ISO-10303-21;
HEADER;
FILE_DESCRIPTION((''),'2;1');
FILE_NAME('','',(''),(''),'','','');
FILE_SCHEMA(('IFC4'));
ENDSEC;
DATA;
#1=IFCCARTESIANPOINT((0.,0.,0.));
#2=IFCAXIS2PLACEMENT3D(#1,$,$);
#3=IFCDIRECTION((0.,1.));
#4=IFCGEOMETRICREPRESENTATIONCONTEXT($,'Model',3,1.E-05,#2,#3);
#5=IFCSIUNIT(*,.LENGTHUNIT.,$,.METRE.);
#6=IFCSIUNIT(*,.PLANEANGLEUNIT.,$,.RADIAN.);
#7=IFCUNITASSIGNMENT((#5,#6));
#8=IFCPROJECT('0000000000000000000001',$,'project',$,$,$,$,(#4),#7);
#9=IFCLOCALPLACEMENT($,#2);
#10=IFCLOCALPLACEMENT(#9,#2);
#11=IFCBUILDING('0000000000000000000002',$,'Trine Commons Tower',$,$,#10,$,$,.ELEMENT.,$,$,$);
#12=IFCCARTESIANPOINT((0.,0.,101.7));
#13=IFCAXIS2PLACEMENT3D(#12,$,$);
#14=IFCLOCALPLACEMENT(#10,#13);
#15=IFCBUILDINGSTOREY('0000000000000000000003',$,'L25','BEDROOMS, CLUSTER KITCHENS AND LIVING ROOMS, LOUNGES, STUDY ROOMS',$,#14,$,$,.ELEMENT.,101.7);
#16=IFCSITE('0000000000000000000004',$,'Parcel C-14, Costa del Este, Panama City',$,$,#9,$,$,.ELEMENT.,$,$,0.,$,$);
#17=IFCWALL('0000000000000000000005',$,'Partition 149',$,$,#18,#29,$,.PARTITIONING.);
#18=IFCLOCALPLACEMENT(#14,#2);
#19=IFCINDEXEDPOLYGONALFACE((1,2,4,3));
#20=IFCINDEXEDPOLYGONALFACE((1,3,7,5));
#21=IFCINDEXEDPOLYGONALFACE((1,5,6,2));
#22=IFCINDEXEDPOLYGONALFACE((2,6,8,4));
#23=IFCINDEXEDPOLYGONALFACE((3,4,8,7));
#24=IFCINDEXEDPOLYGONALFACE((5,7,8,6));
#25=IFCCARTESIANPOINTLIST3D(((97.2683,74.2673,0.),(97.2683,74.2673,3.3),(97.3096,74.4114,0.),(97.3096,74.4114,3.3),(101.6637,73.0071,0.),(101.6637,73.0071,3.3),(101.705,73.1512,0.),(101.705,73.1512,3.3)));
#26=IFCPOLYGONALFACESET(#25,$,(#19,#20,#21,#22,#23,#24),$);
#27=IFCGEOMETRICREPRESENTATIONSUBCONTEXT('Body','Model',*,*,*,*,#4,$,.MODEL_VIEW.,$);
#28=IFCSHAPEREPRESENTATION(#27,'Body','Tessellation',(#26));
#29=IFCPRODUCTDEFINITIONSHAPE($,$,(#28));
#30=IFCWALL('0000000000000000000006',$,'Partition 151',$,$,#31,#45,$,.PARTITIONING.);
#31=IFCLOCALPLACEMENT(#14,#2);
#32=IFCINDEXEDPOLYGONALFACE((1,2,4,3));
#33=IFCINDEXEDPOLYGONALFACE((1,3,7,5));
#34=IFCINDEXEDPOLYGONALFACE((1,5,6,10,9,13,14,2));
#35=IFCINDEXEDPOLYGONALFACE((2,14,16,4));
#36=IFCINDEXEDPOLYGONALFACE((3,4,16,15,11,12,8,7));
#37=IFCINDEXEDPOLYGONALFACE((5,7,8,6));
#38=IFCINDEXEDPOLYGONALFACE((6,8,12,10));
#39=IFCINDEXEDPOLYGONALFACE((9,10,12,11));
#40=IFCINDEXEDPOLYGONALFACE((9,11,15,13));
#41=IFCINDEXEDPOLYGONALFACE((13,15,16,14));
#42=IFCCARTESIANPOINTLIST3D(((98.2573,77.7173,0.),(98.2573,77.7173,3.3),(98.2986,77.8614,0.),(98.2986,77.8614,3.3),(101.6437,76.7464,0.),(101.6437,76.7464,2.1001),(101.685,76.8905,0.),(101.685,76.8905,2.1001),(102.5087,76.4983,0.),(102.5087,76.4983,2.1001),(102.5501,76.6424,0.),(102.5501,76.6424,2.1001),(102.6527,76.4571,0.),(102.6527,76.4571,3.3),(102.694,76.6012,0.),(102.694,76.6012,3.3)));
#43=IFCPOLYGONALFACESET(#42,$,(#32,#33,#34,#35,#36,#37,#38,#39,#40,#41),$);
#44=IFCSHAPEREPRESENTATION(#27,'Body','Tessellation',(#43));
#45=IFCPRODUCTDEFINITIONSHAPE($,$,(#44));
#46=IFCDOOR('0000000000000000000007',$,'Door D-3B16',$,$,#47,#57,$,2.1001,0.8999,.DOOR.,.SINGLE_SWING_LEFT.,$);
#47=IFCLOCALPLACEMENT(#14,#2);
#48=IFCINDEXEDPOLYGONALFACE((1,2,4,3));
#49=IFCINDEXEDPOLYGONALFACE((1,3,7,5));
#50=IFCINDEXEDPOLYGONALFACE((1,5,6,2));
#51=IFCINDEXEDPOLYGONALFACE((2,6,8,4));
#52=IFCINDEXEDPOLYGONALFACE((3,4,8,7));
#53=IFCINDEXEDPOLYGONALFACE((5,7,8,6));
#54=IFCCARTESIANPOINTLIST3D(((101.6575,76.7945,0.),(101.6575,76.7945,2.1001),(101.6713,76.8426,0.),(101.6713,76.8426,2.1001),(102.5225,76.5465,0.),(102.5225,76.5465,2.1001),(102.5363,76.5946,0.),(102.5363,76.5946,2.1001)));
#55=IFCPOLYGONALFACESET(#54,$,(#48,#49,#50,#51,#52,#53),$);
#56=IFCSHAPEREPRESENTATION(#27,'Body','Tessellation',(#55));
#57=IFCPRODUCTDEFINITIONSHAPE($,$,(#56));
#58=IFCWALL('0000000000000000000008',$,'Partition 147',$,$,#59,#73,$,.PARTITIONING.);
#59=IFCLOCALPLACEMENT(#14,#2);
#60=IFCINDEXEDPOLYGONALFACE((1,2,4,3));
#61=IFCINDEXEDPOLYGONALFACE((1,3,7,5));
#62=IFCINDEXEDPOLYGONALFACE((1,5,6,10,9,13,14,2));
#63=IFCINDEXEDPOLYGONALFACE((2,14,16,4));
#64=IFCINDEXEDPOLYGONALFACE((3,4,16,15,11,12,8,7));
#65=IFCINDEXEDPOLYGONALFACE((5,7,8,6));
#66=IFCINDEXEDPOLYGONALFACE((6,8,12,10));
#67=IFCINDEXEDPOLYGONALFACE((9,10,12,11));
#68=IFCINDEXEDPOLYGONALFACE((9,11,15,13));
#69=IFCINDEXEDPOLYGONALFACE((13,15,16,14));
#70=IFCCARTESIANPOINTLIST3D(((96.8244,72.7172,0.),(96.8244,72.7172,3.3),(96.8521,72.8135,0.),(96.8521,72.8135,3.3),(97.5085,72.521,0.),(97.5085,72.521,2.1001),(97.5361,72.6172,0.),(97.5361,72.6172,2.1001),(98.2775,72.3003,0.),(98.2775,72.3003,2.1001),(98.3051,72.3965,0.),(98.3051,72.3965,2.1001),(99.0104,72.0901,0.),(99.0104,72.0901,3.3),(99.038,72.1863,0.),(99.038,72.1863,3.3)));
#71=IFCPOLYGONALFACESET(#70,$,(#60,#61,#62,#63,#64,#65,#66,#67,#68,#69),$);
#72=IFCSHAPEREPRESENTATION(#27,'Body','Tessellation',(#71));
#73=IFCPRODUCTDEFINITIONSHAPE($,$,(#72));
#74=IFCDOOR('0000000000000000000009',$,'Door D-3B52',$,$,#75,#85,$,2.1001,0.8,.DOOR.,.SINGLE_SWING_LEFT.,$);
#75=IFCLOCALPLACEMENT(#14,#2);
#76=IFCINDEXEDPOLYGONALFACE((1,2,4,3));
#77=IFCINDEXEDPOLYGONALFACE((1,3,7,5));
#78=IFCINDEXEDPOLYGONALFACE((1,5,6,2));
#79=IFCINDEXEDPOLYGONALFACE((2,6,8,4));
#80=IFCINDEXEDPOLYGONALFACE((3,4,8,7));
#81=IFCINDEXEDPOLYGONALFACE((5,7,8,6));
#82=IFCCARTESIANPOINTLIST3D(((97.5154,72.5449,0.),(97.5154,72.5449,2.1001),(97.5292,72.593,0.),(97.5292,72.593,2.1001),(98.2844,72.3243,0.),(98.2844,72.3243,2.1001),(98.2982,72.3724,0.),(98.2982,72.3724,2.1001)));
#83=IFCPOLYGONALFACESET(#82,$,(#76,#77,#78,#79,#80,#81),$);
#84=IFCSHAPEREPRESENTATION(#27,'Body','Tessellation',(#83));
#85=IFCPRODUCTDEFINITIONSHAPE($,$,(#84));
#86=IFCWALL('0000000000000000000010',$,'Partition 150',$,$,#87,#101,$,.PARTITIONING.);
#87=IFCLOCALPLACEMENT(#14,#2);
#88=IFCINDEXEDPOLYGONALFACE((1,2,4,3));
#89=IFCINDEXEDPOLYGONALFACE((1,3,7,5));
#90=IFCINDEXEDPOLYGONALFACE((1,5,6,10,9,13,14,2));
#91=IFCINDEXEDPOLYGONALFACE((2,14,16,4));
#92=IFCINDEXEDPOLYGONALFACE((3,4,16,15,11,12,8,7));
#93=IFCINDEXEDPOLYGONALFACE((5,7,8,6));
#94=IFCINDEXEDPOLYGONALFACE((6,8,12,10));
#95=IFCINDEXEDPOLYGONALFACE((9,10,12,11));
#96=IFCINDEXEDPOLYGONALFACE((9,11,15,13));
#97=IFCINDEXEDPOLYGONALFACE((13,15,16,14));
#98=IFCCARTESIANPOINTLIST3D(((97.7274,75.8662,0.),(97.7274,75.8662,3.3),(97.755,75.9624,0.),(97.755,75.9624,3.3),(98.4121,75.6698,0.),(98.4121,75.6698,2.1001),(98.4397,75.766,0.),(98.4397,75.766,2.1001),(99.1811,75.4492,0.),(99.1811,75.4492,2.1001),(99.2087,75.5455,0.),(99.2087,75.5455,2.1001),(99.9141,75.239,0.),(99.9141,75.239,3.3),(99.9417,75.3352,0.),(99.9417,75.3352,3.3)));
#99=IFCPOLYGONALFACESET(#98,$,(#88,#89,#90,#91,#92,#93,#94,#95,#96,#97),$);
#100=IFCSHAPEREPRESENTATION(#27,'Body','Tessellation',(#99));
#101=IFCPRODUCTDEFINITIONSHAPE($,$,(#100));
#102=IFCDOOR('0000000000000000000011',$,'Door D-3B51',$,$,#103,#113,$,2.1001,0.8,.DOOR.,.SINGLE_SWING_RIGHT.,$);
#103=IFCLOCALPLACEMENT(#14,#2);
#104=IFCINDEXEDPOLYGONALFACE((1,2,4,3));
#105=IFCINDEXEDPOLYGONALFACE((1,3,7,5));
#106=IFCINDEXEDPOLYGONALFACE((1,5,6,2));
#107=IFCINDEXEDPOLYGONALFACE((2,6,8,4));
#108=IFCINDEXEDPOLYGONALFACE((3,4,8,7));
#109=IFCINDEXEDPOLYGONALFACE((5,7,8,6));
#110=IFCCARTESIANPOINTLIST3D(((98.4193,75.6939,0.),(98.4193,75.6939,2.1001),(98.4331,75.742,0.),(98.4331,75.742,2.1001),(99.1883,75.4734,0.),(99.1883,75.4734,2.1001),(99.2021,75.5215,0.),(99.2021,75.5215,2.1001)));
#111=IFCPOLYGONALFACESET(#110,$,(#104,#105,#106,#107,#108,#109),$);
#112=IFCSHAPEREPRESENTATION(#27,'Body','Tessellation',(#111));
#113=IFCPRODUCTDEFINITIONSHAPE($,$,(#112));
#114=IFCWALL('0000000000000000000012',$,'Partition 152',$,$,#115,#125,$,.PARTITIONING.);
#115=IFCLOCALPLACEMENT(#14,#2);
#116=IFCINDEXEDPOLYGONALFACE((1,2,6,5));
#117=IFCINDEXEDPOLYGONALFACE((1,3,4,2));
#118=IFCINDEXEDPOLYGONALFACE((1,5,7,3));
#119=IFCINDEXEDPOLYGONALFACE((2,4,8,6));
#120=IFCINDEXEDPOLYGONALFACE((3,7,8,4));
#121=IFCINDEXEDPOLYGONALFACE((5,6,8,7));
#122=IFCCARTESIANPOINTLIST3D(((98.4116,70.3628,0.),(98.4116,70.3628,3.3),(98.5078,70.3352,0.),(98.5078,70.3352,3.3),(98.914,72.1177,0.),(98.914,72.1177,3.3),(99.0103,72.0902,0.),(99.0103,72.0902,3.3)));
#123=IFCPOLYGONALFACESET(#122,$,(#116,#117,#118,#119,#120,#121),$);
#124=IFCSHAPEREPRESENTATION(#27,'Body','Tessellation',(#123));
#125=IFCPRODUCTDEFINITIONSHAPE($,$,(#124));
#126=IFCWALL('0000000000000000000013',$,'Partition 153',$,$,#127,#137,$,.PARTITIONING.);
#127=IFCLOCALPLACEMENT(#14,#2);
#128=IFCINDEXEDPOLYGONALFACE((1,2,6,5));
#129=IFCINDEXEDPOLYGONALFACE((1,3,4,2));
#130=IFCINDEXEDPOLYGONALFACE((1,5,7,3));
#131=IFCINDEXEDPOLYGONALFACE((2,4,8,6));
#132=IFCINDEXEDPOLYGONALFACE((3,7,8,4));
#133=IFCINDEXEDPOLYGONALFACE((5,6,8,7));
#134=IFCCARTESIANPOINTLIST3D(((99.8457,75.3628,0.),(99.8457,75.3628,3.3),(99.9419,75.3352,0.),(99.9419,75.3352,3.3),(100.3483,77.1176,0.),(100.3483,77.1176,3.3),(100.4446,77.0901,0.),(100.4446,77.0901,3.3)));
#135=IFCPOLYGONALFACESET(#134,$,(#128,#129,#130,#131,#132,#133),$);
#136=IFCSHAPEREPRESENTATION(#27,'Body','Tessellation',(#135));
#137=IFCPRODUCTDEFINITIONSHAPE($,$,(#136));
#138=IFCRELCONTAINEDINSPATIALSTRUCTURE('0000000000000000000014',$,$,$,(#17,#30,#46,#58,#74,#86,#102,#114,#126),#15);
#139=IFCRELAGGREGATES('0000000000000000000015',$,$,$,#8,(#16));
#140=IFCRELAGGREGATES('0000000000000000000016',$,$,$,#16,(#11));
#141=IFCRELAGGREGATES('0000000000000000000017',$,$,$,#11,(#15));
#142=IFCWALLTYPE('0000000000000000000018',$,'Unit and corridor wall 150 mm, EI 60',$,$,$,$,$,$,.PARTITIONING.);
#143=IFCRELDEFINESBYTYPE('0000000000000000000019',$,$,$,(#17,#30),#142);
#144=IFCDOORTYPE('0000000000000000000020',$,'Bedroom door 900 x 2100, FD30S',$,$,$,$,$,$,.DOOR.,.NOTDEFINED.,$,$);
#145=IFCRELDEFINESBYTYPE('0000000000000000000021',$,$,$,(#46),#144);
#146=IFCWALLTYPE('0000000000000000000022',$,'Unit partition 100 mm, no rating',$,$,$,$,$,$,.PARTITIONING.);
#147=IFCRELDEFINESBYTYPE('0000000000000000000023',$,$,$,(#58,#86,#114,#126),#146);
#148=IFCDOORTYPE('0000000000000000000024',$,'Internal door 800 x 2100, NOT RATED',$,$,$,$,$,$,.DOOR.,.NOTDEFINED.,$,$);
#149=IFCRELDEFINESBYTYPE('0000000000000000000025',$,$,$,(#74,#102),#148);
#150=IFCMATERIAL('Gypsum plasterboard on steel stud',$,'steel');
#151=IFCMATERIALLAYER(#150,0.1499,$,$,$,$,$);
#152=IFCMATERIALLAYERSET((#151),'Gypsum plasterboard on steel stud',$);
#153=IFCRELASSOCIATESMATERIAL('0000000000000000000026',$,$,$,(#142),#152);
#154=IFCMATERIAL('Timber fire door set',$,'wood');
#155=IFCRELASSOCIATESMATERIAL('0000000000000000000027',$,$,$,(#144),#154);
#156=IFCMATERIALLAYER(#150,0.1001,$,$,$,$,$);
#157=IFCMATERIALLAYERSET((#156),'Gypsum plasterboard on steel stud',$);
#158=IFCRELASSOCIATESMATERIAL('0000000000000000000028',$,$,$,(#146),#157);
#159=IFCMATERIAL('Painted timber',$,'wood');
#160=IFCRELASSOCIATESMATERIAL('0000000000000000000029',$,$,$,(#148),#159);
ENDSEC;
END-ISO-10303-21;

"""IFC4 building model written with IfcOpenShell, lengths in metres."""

from ifc_helpers import new_model, si_unit, direction, frame, frame_2d, origin, place, context, subcontext, project, spatial, rectangle, extrude, material, layer, layer_set, type_object, element, fill, save


model = new_model("IFC4")

# Units and contexts
model_context = context("Model", 3, precision=1e-05, world=origin(), true_north=direction((0.0, 1.0)))
body_context = subcontext(model_context, "Body", "Model", "MODEL_VIEW")
ifc_project = project(units=[si_unit("LENGTHUNIT", "METRE"), si_unit("PLANEANGLEUNIT", "RADIAN")], contexts=[model_context])

# Site, building, storey
site_placement = place(None, origin())
site = spatial("IfcSite", under=ifc_project, at=site_placement, Name="Parcel C-14, Costa del Este, Panama City", CompositionType="ELEMENT", RefElevation=0.0)
building_placement = place(site_placement, origin())
building = spatial("IfcBuilding", under=site, at=building_placement, Name="Trine Commons Tower", CompositionType="ELEMENT")
storey_placement = place(building_placement, frame((0.0, 0.0, 101.7)))
storey = spatial("IfcBuildingStorey", under=building, at=storey_placement, Name="L25", Description="BEDROOMS, CLUSTER KITCHENS AND LIVING ROOMS, LOUNGES, STUDY ROOMS", CompositionType="ELEMENT", Elevation=101.7)

# Shared definitions
ifc_material_1 = material(Name="Gypsum plasterboard on steel stud", Category="steel")
ifc_layer_1 = layer(ifc_material_1, 0.1499)
ifc_layer_set_1 = layer_set([ifc_layer_1], Name="Gypsum plasterboard on steel stud")
wall_type_1 = type_object("IfcWallType", Name="Unit and corridor wall 150 mm, EI 60", PredefinedType="PARTITIONING", material=ifc_layer_set_1)

# Shared definitions
ifc_material_2 = material(Name="Painted timber", Category="wood")

# Shared definitions
ifc_material_3 = material(Name="Timber fire door set", Category="wood")
door_type_1 = type_object("IfcDoorType", Name="Bedroom door 900 x 2100, FD30S", OperationType="NOTDEFINED", PredefinedType="DOOR", material=ifc_material_3)

# Wall
wall_1_placement = place(storey_placement, frame((97.2891, 74.3394, 0.0), z_axis=(0.0, 0.0, 1.0), x_axis=(0.96127, -0.27561, 0.0)))
element("IfcWall", 1, at=wall_1_placement, inside=storey, type_object=wall_type_1, Name="Partition 149", PredefinedType="PARTITIONING", context=body_context, shape_type="SweptSolid", body=[
    extrude(rectangle(XDim=4.5725, YDim=0.1499, at=frame_2d((2.2861, 0.0))), origin(), (0.0, 0.0, 1.0), 3.3),
])

# Walls, openings, doors
wall_2_placement = place(storey_placement, frame((98.2781, 77.7893, 0.0), z_axis=(0.0, 0.0, 1.0), x_axis=(0.96127, -0.27561, 0.0)))
wall_2 = element("IfcWall", 2, at=wall_2_placement, inside=storey, type_object=wall_type_1, Name="Partition 151", PredefinedType="PARTITIONING", context=body_context, shape_type="SweptSolid", body=[
    extrude(rectangle(XDim=4.5725, YDim=0.1499, at=frame_2d((2.2861, 0.0))), origin(), (0.0, 0.0, 1.0), 3.3),
])
opening_1_placement = place(wall_2_placement, frame((3.5227, 0.0, 0.0)))
opening_1 = element("IfcOpeningElement", 3, at=opening_1_placement, cuts=wall_2, PredefinedType="OPENING", context=body_context, shape_type="SweptSolid", body=[
    extrude(rectangle(XDim=0.8999, YDim=2.1001, at=frame_2d((0.45, 1.05))), frame((0.0, 0.085, 0.0), z_axis=(0.0, -1.0, 0.0), x_axis=(1.0, 0.0, 0.0)), (0.0, 0.0, 1.0), 0.1699),
])
door_1_placement = place(opening_1_placement, frame((0.8999, 0.0, 0.0), z_axis=(0.0, 0.0, 1.0), x_axis=(-1.0, 0.0, 0.0)))
door_1 = element("IfcDoor", 4, at=door_1_placement, inside=storey, type_object=door_type_1, Name="Door D-3B16", OperationType="SINGLE_SWING_LEFT", OverallHeight=2.1001, OverallWidth=0.8999, PredefinedType="DOOR", context=body_context, shape_type="SweptSolid", body=[
    extrude(rectangle(XDim=0.8999, YDim=2.1001, at=frame_2d((0.45, 1.05))), frame((0.0, 0.0249, 0.0), z_axis=(0.0, -1.0, 0.0), x_axis=(1.0, 0.0, 0.0)), (0.0, 0.0, 1.0), 0.05),
])
fill(opening_1, door_1)
ifc_layer_2 = layer(ifc_material_1, 0.1001)
ifc_layer_set_2 = layer_set([ifc_layer_2], Name="Gypsum plasterboard on steel stud")
wall_type_2 = type_object("IfcWallType", Name="Unit partition 100 mm, no rating", PredefinedType="PARTITIONING", material=ifc_layer_set_2)
wall_3_placement = place(storey_placement, frame((96.8381, 72.7654, 0.0), z_axis=(0.0, 0.0, 1.0), x_axis=(0.96122, -0.275784, 0.0)))
wall_3 = element("IfcWall", 5, at=wall_3_placement, inside=storey, type_object=wall_type_2, Name="Partition 147", PredefinedType="PARTITIONING", context=body_context, shape_type="SweptSolid", body=[
    extrude(rectangle(XDim=2.2742, YDim=0.1001, at=frame_2d((1.1372, 0.0))), origin(), (0.0, 0.0, 1.0), 3.3),
])
opening_2_placement = place(wall_3_placement, frame((0.7119, 0.0, 0.0)))
opening_2 = element("IfcOpeningElement", 6, at=opening_2_placement, cuts=wall_3, PredefinedType="OPENING", context=body_context, shape_type="SweptSolid", body=[
    extrude(rectangle(XDim=0.8, YDim=2.1001, at=frame_2d((0.3999, 1.05))), frame((0.0, 0.0601, 0.0), z_axis=(0.0, -1.0, 0.0), x_axis=(1.0, 0.0, 0.0)), (0.0, 0.0, 1.0), 0.1201),
])
door_type_2 = type_object("IfcDoorType", Name="Internal door 800 x 2100, NOT RATED", OperationType="NOTDEFINED", PredefinedType="DOOR", material=ifc_material_2)
door_2_placement = place(opening_2_placement, origin())
door_2 = element("IfcDoor", 7, at=door_2_placement, inside=storey, type_object=door_type_2, Name="Door D-3B52", OperationType="SINGLE_SWING_LEFT", OverallHeight=2.1001, OverallWidth=0.8, PredefinedType="DOOR", context=body_context, shape_type="SweptSolid", body=[
    extrude(rectangle(XDim=0.8, YDim=2.1001, at=frame_2d((0.3999, 1.05))), frame((0.0, 0.0249, 0.0), z_axis=(0.0, -1.0, 0.0), x_axis=(1.0, 0.0, 0.0)), (0.0, 0.0, 1.0), 0.05),
])
fill(opening_2, door_2)
wall_4_placement = place(storey_placement, frame((97.7412, 75.9143, 0.0), z_axis=(0.0, 0.0, 1.0), x_axis=(0.961244, -0.275699, 0.0)))
wall_4 = element("IfcWall", 8, at=wall_4_placement, inside=storey, type_object=wall_type_2, Name="Partition 150", PredefinedType="PARTITIONING", context=body_context, shape_type="SweptSolid", body=[
    extrude(rectangle(XDim=2.2749, YDim=0.1001, at=frame_2d((1.1375, 0.0))), origin(), (0.0, 0.0, 1.0), 3.3),
])
opening_3_placement = place(wall_4_placement, frame((0.7124, 0.0, 0.0)))
opening_3 = element("IfcOpeningElement", 9, at=opening_3_placement, cuts=wall_4, PredefinedType="OPENING", context=body_context, shape_type="SweptSolid", body=[
    extrude(rectangle(XDim=0.8, YDim=2.1001, at=frame_2d((0.3999, 1.05))), frame((0.0, 0.0601, 0.0), z_axis=(0.0, -1.0, 0.0), x_axis=(1.0, 0.0, 0.0)), (0.0, 0.0, 1.0), 0.1201),
])
door_3_placement = place(opening_3_placement, frame((0.8, 0.0, 0.0), z_axis=(0.0, 0.0, 1.0), x_axis=(-1.0, 0.0, 0.0)))
door_3 = element("IfcDoor", 10, at=door_3_placement, inside=storey, type_object=door_type_2, Name="Door D-3B51", OperationType="SINGLE_SWING_RIGHT", OverallHeight=2.1001, OverallWidth=0.8, PredefinedType="DOOR", context=body_context, shape_type="SweptSolid", body=[
    extrude(rectangle(XDim=0.8, YDim=2.1001, at=frame_2d((0.3999, 1.05))), frame((0.0, 0.0249, 0.0), z_axis=(0.0, -1.0, 0.0), x_axis=(1.0, 0.0, 0.0)), (0.0, 0.0, 1.0), 0.05),
])
fill(opening_3, door_3)

# Walls
for number, where, z_axis, x_axis, name in (
    (11, (98.4597, 70.3491, 0.0), (0.0, 0.0, 1.0), (0.275251, 0.961372, 0.0), "Partition 152"),
    (12, (99.8938, 75.3491, 0.0), (0.0, 0.0, 1.0), (0.275375, 0.961337, 0.0), "Partition 153"),
):
    element("IfcWall", number, at=place(storey_placement, frame(where, z_axis=z_axis, x_axis=x_axis)), inside=storey, type_object=wall_type_2, Name=name, PredefinedType="PARTITIONING", context=body_context, shape_type="SweptSolid", body=[
        extrude(rectangle(XDim=1.8254, YDim=0.1001, at=frame_2d((0.9126, 0.0))), origin(), (0.0, 0.0, 1.0), 3.3),
    ])

save(model, "model.ifc")
